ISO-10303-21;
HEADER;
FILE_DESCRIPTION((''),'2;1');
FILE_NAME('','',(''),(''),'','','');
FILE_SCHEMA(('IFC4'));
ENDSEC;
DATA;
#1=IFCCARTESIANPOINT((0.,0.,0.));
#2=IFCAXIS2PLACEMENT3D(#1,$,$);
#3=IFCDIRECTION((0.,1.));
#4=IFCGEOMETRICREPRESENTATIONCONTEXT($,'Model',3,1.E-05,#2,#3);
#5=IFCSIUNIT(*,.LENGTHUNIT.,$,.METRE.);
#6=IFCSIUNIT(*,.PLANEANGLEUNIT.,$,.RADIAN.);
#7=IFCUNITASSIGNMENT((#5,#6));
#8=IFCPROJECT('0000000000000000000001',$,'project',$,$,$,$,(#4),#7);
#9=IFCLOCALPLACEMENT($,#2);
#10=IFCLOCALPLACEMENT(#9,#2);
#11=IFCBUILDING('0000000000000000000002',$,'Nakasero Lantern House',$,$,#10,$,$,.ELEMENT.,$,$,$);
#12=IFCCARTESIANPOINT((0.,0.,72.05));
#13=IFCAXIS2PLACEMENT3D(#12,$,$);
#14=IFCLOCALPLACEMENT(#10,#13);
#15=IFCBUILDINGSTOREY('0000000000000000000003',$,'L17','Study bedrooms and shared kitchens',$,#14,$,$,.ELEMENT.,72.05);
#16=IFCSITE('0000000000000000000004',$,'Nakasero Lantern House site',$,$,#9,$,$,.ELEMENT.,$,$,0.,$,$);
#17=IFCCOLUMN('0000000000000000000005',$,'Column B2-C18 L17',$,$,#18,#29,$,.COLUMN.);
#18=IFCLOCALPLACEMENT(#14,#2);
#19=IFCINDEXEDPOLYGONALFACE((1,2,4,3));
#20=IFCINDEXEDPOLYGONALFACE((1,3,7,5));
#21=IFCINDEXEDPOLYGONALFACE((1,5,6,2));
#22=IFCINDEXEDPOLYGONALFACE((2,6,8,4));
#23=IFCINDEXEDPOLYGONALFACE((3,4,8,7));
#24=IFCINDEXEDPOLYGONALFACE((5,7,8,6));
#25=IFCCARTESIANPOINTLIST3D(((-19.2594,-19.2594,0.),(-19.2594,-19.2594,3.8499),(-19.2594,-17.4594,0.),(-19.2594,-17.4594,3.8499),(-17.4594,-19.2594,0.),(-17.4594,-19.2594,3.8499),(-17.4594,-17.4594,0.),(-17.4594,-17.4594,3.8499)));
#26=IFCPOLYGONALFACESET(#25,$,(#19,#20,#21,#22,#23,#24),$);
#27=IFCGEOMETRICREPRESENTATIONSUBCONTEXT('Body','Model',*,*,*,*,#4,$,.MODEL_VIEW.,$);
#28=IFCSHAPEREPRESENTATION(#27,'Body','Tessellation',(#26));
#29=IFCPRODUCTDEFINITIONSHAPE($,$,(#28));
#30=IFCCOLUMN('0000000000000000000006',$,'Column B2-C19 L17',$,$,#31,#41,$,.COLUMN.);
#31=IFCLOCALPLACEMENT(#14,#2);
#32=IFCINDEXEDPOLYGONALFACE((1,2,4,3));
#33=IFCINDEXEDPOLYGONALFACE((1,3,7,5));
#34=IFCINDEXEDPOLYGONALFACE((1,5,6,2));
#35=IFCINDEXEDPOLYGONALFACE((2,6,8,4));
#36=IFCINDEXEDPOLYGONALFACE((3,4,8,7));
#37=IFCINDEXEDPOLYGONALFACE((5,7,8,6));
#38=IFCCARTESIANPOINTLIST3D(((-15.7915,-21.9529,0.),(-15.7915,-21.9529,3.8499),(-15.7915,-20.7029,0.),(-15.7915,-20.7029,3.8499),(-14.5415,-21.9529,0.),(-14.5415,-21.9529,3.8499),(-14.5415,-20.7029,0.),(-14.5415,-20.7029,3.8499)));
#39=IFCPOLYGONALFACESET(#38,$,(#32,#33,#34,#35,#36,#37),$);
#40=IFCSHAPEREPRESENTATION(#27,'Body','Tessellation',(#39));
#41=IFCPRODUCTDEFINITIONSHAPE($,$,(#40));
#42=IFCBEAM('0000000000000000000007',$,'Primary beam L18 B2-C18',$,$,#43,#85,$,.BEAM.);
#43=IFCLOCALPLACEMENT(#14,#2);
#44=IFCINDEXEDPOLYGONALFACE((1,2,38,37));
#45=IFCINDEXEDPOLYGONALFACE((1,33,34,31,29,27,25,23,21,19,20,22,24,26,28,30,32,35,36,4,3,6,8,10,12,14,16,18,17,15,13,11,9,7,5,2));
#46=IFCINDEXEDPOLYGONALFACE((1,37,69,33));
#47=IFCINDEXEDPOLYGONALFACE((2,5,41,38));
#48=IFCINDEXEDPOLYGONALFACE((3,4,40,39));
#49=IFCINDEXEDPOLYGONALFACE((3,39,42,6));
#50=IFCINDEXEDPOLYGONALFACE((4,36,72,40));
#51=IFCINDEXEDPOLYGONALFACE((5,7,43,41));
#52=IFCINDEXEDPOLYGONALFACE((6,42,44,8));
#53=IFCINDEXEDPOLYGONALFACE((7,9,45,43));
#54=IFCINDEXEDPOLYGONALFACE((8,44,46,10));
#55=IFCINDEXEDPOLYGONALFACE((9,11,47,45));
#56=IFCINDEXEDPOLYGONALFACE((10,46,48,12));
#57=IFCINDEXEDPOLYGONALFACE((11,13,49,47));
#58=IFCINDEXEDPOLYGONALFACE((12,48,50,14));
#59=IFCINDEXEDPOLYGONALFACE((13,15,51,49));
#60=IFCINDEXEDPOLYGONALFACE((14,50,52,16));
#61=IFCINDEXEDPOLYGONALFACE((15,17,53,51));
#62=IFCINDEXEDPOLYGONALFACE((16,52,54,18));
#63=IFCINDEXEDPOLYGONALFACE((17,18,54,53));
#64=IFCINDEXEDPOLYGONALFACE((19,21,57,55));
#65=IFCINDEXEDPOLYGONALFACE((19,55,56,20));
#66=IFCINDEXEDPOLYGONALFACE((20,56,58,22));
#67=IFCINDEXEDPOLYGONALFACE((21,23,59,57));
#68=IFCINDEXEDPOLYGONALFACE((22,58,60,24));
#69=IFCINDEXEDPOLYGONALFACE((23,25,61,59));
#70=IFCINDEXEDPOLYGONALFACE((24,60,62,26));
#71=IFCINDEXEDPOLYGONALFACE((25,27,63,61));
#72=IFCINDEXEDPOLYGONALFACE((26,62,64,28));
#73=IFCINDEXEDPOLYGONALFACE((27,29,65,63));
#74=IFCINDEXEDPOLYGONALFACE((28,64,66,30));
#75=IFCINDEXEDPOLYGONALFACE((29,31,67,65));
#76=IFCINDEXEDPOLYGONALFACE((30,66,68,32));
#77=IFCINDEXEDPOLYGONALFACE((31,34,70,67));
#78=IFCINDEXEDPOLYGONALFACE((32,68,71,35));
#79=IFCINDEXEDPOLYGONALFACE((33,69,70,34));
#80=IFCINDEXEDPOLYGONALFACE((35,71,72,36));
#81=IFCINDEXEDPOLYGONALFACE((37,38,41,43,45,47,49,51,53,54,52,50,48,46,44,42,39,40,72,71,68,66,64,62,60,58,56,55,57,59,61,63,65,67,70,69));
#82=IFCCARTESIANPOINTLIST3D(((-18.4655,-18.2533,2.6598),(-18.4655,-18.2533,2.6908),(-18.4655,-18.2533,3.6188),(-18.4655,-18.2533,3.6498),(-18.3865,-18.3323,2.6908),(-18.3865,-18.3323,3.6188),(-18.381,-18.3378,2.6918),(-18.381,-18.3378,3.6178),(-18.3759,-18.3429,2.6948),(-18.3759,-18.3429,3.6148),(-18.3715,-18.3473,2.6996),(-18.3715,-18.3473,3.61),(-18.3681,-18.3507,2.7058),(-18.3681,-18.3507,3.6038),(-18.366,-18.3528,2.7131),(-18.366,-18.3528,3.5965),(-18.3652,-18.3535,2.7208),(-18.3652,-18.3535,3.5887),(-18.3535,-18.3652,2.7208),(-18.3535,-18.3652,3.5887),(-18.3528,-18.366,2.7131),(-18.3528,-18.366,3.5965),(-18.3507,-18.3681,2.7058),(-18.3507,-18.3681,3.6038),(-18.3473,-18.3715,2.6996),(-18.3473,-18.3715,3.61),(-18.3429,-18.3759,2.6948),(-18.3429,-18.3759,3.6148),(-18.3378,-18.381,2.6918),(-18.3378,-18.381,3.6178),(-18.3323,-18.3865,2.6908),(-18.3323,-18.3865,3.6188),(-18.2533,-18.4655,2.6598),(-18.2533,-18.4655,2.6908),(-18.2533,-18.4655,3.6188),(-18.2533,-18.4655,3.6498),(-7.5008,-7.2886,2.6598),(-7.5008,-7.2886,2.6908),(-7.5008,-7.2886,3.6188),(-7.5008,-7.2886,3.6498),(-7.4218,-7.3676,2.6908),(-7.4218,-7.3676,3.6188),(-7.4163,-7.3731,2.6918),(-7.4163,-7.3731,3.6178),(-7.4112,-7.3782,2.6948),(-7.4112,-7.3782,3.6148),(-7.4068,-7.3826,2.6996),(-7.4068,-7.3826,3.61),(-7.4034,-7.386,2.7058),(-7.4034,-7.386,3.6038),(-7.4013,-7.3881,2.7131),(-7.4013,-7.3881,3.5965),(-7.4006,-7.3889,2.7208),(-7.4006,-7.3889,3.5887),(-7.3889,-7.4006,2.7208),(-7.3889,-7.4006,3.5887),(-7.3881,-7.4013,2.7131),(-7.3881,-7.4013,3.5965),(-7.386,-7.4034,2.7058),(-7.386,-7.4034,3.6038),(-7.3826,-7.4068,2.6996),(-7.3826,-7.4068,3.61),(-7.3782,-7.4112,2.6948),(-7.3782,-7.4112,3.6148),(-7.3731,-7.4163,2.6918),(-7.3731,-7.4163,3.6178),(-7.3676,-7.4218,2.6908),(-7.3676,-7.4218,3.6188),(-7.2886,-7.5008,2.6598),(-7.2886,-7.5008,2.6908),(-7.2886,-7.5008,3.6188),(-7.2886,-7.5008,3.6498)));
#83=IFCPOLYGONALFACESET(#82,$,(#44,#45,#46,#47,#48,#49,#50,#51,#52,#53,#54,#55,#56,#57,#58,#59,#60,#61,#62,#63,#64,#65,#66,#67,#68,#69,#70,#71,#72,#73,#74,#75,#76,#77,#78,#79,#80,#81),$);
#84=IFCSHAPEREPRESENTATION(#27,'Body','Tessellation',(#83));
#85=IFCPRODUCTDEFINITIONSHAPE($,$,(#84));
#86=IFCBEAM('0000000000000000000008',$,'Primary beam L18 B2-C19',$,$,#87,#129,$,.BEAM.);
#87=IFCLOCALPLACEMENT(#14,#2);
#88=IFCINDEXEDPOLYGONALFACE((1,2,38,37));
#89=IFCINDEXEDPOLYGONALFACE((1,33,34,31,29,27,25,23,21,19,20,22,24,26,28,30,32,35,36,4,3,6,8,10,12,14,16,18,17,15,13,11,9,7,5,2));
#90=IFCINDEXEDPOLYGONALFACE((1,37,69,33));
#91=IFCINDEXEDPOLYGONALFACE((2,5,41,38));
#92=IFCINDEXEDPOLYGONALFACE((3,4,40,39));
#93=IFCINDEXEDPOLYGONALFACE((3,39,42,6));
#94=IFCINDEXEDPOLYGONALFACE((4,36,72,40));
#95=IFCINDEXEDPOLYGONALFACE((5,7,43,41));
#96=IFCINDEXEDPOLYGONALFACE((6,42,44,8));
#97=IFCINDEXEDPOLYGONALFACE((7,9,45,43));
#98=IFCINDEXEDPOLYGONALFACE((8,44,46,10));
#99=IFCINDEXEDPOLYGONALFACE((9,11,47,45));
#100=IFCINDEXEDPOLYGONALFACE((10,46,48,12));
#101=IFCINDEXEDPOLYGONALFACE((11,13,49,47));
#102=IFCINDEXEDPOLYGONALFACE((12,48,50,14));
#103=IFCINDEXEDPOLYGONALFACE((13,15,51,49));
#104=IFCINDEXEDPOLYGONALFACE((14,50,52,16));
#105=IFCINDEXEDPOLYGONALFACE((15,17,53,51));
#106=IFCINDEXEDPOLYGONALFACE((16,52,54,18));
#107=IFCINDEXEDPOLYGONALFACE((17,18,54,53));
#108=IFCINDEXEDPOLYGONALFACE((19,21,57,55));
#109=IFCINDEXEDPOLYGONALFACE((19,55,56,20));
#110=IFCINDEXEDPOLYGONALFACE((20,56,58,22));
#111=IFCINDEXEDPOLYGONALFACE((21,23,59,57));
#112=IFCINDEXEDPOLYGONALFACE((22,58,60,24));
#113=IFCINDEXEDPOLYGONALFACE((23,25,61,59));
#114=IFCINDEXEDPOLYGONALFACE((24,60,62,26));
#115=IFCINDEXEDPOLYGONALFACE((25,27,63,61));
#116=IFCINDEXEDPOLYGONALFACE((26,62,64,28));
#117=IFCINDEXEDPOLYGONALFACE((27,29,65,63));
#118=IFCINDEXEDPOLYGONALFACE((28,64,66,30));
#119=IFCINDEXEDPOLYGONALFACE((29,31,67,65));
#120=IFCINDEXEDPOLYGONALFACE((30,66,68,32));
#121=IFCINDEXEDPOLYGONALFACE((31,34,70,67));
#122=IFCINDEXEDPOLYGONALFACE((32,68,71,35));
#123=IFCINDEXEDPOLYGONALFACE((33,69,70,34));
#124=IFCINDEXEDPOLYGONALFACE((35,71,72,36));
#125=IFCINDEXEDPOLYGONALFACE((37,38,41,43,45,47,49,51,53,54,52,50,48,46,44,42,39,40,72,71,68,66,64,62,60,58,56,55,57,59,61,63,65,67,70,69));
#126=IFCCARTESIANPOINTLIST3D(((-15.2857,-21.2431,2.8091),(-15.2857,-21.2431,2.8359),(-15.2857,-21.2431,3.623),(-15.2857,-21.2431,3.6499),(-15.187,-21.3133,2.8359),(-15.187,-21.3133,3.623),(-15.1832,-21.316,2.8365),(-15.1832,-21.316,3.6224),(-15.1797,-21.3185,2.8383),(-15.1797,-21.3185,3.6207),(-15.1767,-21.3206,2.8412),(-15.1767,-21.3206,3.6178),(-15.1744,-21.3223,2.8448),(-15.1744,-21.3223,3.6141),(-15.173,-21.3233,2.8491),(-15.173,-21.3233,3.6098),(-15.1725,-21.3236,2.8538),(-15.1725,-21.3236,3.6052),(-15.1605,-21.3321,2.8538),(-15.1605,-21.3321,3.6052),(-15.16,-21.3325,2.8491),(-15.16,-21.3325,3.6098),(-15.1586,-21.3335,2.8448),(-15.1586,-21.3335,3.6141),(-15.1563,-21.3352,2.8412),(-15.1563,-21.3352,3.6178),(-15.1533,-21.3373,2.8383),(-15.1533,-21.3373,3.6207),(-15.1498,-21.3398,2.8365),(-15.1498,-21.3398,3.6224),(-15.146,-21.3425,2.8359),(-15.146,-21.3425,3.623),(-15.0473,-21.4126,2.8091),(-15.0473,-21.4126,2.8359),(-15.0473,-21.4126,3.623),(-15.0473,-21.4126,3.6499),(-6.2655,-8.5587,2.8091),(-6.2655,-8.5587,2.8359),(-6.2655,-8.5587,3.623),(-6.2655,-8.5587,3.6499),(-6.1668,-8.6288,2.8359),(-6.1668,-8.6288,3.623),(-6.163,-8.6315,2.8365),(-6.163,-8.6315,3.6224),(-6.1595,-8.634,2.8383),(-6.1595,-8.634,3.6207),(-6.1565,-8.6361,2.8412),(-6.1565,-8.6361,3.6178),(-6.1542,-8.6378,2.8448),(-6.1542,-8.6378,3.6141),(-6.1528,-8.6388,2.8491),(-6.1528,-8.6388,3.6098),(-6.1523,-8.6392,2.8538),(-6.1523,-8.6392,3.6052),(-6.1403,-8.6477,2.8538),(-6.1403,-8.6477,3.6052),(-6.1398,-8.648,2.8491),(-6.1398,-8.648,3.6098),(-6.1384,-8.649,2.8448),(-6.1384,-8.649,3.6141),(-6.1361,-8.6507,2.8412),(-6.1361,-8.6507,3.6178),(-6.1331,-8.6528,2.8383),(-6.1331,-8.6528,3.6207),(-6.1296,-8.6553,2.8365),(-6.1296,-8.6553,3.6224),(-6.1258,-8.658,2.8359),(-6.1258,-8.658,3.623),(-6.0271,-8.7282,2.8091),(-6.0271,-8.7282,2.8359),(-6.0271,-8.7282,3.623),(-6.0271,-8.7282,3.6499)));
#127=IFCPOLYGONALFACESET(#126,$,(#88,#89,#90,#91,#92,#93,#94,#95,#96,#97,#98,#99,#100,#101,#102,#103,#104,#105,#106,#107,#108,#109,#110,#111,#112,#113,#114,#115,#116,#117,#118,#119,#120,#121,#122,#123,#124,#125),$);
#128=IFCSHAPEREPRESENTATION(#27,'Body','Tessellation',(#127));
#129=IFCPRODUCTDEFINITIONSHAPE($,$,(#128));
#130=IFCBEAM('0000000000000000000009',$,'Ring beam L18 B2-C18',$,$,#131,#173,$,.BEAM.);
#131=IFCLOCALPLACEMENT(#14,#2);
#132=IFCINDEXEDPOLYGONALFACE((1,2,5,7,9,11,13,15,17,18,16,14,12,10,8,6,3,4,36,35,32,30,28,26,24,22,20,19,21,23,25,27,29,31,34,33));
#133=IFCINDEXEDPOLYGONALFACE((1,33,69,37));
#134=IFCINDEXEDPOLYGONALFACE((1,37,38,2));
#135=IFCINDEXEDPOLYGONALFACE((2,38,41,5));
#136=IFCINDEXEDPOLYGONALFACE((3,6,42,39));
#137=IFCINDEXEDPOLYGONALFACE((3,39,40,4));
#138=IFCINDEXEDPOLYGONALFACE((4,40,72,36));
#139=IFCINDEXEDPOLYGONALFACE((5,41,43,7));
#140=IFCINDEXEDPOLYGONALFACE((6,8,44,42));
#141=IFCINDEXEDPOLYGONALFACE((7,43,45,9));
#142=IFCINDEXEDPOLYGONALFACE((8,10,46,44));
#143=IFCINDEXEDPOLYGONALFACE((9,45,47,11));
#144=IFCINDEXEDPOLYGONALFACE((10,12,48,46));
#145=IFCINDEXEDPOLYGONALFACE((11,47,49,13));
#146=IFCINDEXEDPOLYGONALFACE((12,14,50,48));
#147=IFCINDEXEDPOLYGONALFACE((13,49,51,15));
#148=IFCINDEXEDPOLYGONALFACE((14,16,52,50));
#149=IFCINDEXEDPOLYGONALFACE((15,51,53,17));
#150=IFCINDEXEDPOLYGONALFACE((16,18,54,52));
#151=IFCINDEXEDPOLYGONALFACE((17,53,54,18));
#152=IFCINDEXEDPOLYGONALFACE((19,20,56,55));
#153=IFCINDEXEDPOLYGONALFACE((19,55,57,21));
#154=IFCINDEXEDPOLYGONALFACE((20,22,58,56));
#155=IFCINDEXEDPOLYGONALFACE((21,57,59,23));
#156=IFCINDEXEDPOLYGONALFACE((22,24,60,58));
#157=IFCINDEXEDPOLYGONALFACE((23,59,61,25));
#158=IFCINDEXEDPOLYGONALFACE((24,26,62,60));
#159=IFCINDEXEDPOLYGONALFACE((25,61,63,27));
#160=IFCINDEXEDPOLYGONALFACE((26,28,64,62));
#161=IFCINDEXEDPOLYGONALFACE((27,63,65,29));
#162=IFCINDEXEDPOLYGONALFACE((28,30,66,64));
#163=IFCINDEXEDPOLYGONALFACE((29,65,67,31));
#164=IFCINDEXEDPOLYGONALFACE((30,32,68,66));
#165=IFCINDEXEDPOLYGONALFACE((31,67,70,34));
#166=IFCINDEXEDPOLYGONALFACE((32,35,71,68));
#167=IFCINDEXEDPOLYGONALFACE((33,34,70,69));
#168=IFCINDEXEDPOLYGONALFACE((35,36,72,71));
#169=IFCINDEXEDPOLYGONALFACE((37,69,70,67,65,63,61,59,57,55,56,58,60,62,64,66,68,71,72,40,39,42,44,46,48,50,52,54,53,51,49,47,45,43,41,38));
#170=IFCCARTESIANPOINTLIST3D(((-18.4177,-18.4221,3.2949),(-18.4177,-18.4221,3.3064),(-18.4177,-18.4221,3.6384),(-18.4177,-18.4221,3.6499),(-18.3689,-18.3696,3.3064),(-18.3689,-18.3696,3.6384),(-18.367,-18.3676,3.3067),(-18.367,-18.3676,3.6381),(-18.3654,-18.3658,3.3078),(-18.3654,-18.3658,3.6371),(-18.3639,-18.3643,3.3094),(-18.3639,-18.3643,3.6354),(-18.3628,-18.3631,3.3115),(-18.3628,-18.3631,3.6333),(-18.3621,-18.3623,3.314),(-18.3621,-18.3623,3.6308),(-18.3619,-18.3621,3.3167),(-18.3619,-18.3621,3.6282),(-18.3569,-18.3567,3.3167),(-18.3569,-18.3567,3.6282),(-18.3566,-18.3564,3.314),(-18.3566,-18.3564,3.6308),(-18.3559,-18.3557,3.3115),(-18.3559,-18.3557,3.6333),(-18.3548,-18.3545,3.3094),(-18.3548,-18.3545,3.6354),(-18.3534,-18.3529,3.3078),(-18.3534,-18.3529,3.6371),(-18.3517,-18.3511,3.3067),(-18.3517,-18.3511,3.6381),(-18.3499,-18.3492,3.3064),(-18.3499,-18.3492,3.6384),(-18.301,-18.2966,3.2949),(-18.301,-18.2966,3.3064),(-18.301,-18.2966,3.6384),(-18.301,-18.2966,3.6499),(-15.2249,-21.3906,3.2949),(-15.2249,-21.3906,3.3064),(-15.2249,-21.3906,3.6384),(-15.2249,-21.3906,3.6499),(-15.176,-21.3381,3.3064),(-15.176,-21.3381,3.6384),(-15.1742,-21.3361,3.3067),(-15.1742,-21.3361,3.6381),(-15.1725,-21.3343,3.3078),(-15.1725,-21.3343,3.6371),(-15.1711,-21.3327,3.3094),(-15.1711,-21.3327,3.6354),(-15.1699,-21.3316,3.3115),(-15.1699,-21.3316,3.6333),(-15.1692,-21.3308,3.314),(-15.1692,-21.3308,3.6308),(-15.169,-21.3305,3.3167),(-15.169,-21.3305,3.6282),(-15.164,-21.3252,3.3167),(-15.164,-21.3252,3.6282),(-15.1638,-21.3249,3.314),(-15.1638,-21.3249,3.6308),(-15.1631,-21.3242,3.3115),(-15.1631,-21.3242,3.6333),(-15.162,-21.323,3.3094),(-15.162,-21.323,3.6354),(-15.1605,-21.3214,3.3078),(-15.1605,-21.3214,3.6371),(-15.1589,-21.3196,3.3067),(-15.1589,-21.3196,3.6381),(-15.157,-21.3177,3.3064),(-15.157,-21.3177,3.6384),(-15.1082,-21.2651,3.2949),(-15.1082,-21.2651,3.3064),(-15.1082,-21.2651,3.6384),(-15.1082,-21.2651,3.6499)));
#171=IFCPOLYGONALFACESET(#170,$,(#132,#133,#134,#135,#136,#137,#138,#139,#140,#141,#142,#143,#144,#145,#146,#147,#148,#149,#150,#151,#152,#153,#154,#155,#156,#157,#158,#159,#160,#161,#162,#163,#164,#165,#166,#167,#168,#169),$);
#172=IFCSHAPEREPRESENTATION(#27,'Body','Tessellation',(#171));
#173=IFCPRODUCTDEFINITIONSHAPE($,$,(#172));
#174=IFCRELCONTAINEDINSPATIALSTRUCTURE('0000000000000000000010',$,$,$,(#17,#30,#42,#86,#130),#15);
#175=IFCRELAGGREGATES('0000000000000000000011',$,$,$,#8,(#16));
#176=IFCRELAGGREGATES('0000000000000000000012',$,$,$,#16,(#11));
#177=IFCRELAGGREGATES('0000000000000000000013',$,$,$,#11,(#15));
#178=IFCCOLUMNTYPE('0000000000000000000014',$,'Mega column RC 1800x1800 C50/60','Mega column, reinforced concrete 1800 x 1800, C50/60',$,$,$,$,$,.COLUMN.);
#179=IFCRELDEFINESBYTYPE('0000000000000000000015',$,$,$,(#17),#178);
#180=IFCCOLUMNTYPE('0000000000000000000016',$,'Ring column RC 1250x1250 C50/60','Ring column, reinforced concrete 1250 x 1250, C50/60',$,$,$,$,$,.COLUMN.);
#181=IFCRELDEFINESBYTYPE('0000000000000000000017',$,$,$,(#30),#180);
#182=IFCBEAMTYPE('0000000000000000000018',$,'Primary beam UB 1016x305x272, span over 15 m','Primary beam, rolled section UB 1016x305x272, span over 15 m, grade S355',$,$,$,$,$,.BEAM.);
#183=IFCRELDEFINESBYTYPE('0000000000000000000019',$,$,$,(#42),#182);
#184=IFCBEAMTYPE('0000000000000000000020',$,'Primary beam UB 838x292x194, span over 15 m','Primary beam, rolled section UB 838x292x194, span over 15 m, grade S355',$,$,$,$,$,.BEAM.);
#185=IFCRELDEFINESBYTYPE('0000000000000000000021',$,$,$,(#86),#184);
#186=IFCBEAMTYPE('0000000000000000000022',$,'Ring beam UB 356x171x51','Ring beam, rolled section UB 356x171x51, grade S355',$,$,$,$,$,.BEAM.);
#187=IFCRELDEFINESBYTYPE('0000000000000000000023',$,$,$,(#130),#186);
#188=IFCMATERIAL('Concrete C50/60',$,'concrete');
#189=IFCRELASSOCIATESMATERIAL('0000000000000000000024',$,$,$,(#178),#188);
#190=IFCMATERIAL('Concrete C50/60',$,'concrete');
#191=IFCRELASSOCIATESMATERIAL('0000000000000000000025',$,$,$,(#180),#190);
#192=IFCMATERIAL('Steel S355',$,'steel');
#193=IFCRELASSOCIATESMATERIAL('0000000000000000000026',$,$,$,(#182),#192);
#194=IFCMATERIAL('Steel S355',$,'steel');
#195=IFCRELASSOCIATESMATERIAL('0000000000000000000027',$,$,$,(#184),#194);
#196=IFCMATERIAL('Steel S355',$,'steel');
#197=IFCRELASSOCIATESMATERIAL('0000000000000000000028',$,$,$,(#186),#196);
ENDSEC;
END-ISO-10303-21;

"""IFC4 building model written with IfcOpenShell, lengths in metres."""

from ifc_helpers import new_model, si_unit, direction, frame, origin, origin_2d, place, context, subcontext, project, spatial, rectangle, i_section, extrude, material, material_profile, profile_set, type_object, element, save


model = new_model("IFC4")

# Units and contexts
model_context = context("Model", 3, precision=1e-05, world=origin(), true_north=direction((0.0, 1.0)))
body_context = subcontext(model_context, "Body", "Model", "MODEL_VIEW")
ifc_project = project(units=[si_unit("LENGTHUNIT", "METRE"), si_unit("PLANEANGLEUNIT", "RADIAN")], contexts=[model_context])

# Site, building, storey
site_placement = place(None, origin())
site = spatial("IfcSite", under=ifc_project, at=site_placement, Name="Nakasero Lantern House site", CompositionType="ELEMENT", RefElevation=0.0)
building_placement = place(site_placement, origin())
building = spatial("IfcBuilding", under=site, at=building_placement, Name="Nakasero Lantern House", CompositionType="ELEMENT")
storey_placement = place(building_placement, frame((0.0, 0.0, 72.05)))
storey = spatial("IfcBuildingStorey", under=building, at=storey_placement, Name="L17", Description="Study bedrooms and shared kitchens", CompositionType="ELEMENT", Elevation=72.05)

# Columns
ifc_material_1 = material(Name="Concrete C50/60", Category="concrete")
ifc_material_profile_1 = material_profile(ifc_material_1, rectangle(XDim=1.8, YDim=1.8, at=origin_2d()), Name="RC 1800x1800")
ifc_profile_set_1 = profile_set([ifc_material_profile_1], Name="Concrete C50/60")
column_type_1 = type_object("IfcColumnType", Name="Mega column RC 1800x1800 C50/60", Description="Mega column, reinforced concrete 1800 x 1800, C50/60", PredefinedType="COLUMN", material=ifc_profile_set_1)
column_1_placement = place(storey_placement, frame((-18.3594, -18.3594, 0.0), z_axis=(0.0, 0.0, 1.0), x_axis=(1.0, 0.0, 0.0)))
element("IfcColumn", 1, at=column_1_placement, inside=storey, type_object=column_type_1, Name="Column B2-C18 L17", PredefinedType="COLUMN", context=body_context, shape_type="SweptSolid", body=[
    extrude(rectangle(XDim=1.8, YDim=1.8, at=origin_2d()), origin(), (0.0, 0.0, 1.0), 3.8499),
])
ifc_material_2 = material(Name="Concrete C50/60", Category="concrete")
ifc_material_profile_2 = material_profile(ifc_material_2, rectangle(XDim=1.25, YDim=1.25, at=origin_2d()), Name="RC 1250x1250")
ifc_profile_set_2 = profile_set([ifc_material_profile_2], Name="Concrete C50/60")
column_type_2 = type_object("IfcColumnType", Name="Ring column RC 1250x1250 C50/60", Description="Ring column, reinforced concrete 1250 x 1250, C50/60", PredefinedType="COLUMN", material=ifc_profile_set_2)
column_2_placement = place(storey_placement, frame((-15.1665, -21.3279, 0.0), z_axis=(0.0, 0.0, 1.0), x_axis=(1.0, 0.0, 0.0)))
element("IfcColumn", 2, at=column_2_placement, inside=storey, type_object=column_type_2, Name="Column B2-C19 L17", PredefinedType="COLUMN", context=body_context, shape_type="SweptSolid", body=[
    extrude(rectangle(XDim=1.25, YDim=1.25, at=origin_2d()), origin(), (0.0, 0.0, 1.0), 3.8499),
])

# Beams
ifc_material_3 = material(Name="Steel S355", Category="steel")
ifc_material_profile_3 = material_profile(ifc_material_3, i_section(OverallWidth=0.3, OverallDepth=0.99, WebThickness=0.0166, FlangeThickness=0.031, FilletRadius=0.03, at=origin_2d()), Name="UB 1016x305x272")
ifc_profile_set_3 = profile_set([ifc_material_profile_3], Name="Steel S355")
beam_type_1 = type_object("IfcBeamType", Name="Primary beam UB 1016x305x272, span over 15 m", Description="Primary beam, rolled section UB 1016x305x272, span over 15 m, grade S355", PredefinedType="BEAM", material=ifc_profile_set_3)
beam_1_placement = place(storey_placement, frame((-18.3594, -18.3594, 3.1548), z_axis=(0.707107, 0.707107, 0.0), x_axis=(-0.707107, 0.707107, 0.0)))
element("IfcBeam", 3, at=beam_1_placement, inside=storey, type_object=beam_type_1, Name="Primary beam L18 B2-C18", PredefinedType="BEAM", context=body_context, shape_type="SweptSolid", body=[
    extrude(i_section(OverallWidth=0.3, OverallDepth=0.99, WebThickness=0.0166, FlangeThickness=0.031, FilletRadius=0.03, at=origin_2d()), origin(), (0.0, 0.0, 1.0), 15.5063),
])
ifc_material_4 = material(Name="Steel S355", Category="steel")
ifc_material_profile_4 = material_profile(ifc_material_4, i_section(OverallWidth=0.2925, OverallDepth=0.8408, WebThickness=0.0146, FlangeThickness=0.0269, FilletRadius=0.0178, at=origin_2d()), Name="UB 838x292x194")
ifc_profile_set_4 = profile_set([ifc_material_profile_4], Name="Steel S355")
beam_type_2 = type_object("IfcBeamType", Name="Primary beam UB 838x292x194, span over 15 m", Description="Primary beam, rolled section UB 838x292x194, span over 15 m, grade S355", PredefinedType="BEAM", material=ifc_profile_set_4)
beam_2_placement = place(storey_placement, frame((-15.1665, -21.3279, 3.2295), z_axis=(0.579529, 0.814952, 0.0), x_axis=(-0.814952, 0.579529, 0.0)))
element("IfcBeam", 4, at=beam_2_placement, inside=storey, type_object=beam_type_2, Name="Primary beam L18 B2-C19", PredefinedType="BEAM", context=body_context, shape_type="SweptSolid", body=[
    extrude(i_section(OverallWidth=0.2925, OverallDepth=0.8408, WebThickness=0.0146, FlangeThickness=0.0269, FilletRadius=0.0178, at=origin_2d()), origin(), (0.0, 0.0, 1.0), 15.5647),
])
ifc_material_5 = material(Name="Steel S355", Category="steel")
ifc_material_profile_5 = material_profile(ifc_material_5, i_section(OverallWidth=0.1714, OverallDepth=0.355, WebThickness=0.0073, FlangeThickness=0.0115, FilletRadius=0.0103, at=origin_2d()), Name="UB 356x171x51")
ifc_profile_set_5 = profile_set([ifc_material_profile_5], Name="Steel S355")
beam_type_3 = type_object("IfcBeamType", Name="Ring beam UB 356x171x51", Description="Ring beam, rolled section UB 356x171x51, grade S355", PredefinedType="BEAM", material=ifc_profile_set_5)
beam_3_placement = place(storey_placement, frame((-18.3594, -18.3594, 3.4724), z_axis=(0.732371, -0.680906, 0.0), x_axis=(0.680906, 0.732371, 0.0)))
element("IfcBeam", 5, at=beam_3_placement, inside=storey, type_object=beam_type_3, Name="Ring beam L18 B2-C18", PredefinedType="BEAM", context=body_context, shape_type="SweptSolid", body=[
    extrude(i_section(OverallWidth=0.1714, OverallDepth=0.355, WebThickness=0.0073, FlangeThickness=0.0115, FilletRadius=0.0103, at=origin_2d()), origin(), (0.0, 0.0, 1.0), 4.3596),
])

save(model, "model.ifc")
